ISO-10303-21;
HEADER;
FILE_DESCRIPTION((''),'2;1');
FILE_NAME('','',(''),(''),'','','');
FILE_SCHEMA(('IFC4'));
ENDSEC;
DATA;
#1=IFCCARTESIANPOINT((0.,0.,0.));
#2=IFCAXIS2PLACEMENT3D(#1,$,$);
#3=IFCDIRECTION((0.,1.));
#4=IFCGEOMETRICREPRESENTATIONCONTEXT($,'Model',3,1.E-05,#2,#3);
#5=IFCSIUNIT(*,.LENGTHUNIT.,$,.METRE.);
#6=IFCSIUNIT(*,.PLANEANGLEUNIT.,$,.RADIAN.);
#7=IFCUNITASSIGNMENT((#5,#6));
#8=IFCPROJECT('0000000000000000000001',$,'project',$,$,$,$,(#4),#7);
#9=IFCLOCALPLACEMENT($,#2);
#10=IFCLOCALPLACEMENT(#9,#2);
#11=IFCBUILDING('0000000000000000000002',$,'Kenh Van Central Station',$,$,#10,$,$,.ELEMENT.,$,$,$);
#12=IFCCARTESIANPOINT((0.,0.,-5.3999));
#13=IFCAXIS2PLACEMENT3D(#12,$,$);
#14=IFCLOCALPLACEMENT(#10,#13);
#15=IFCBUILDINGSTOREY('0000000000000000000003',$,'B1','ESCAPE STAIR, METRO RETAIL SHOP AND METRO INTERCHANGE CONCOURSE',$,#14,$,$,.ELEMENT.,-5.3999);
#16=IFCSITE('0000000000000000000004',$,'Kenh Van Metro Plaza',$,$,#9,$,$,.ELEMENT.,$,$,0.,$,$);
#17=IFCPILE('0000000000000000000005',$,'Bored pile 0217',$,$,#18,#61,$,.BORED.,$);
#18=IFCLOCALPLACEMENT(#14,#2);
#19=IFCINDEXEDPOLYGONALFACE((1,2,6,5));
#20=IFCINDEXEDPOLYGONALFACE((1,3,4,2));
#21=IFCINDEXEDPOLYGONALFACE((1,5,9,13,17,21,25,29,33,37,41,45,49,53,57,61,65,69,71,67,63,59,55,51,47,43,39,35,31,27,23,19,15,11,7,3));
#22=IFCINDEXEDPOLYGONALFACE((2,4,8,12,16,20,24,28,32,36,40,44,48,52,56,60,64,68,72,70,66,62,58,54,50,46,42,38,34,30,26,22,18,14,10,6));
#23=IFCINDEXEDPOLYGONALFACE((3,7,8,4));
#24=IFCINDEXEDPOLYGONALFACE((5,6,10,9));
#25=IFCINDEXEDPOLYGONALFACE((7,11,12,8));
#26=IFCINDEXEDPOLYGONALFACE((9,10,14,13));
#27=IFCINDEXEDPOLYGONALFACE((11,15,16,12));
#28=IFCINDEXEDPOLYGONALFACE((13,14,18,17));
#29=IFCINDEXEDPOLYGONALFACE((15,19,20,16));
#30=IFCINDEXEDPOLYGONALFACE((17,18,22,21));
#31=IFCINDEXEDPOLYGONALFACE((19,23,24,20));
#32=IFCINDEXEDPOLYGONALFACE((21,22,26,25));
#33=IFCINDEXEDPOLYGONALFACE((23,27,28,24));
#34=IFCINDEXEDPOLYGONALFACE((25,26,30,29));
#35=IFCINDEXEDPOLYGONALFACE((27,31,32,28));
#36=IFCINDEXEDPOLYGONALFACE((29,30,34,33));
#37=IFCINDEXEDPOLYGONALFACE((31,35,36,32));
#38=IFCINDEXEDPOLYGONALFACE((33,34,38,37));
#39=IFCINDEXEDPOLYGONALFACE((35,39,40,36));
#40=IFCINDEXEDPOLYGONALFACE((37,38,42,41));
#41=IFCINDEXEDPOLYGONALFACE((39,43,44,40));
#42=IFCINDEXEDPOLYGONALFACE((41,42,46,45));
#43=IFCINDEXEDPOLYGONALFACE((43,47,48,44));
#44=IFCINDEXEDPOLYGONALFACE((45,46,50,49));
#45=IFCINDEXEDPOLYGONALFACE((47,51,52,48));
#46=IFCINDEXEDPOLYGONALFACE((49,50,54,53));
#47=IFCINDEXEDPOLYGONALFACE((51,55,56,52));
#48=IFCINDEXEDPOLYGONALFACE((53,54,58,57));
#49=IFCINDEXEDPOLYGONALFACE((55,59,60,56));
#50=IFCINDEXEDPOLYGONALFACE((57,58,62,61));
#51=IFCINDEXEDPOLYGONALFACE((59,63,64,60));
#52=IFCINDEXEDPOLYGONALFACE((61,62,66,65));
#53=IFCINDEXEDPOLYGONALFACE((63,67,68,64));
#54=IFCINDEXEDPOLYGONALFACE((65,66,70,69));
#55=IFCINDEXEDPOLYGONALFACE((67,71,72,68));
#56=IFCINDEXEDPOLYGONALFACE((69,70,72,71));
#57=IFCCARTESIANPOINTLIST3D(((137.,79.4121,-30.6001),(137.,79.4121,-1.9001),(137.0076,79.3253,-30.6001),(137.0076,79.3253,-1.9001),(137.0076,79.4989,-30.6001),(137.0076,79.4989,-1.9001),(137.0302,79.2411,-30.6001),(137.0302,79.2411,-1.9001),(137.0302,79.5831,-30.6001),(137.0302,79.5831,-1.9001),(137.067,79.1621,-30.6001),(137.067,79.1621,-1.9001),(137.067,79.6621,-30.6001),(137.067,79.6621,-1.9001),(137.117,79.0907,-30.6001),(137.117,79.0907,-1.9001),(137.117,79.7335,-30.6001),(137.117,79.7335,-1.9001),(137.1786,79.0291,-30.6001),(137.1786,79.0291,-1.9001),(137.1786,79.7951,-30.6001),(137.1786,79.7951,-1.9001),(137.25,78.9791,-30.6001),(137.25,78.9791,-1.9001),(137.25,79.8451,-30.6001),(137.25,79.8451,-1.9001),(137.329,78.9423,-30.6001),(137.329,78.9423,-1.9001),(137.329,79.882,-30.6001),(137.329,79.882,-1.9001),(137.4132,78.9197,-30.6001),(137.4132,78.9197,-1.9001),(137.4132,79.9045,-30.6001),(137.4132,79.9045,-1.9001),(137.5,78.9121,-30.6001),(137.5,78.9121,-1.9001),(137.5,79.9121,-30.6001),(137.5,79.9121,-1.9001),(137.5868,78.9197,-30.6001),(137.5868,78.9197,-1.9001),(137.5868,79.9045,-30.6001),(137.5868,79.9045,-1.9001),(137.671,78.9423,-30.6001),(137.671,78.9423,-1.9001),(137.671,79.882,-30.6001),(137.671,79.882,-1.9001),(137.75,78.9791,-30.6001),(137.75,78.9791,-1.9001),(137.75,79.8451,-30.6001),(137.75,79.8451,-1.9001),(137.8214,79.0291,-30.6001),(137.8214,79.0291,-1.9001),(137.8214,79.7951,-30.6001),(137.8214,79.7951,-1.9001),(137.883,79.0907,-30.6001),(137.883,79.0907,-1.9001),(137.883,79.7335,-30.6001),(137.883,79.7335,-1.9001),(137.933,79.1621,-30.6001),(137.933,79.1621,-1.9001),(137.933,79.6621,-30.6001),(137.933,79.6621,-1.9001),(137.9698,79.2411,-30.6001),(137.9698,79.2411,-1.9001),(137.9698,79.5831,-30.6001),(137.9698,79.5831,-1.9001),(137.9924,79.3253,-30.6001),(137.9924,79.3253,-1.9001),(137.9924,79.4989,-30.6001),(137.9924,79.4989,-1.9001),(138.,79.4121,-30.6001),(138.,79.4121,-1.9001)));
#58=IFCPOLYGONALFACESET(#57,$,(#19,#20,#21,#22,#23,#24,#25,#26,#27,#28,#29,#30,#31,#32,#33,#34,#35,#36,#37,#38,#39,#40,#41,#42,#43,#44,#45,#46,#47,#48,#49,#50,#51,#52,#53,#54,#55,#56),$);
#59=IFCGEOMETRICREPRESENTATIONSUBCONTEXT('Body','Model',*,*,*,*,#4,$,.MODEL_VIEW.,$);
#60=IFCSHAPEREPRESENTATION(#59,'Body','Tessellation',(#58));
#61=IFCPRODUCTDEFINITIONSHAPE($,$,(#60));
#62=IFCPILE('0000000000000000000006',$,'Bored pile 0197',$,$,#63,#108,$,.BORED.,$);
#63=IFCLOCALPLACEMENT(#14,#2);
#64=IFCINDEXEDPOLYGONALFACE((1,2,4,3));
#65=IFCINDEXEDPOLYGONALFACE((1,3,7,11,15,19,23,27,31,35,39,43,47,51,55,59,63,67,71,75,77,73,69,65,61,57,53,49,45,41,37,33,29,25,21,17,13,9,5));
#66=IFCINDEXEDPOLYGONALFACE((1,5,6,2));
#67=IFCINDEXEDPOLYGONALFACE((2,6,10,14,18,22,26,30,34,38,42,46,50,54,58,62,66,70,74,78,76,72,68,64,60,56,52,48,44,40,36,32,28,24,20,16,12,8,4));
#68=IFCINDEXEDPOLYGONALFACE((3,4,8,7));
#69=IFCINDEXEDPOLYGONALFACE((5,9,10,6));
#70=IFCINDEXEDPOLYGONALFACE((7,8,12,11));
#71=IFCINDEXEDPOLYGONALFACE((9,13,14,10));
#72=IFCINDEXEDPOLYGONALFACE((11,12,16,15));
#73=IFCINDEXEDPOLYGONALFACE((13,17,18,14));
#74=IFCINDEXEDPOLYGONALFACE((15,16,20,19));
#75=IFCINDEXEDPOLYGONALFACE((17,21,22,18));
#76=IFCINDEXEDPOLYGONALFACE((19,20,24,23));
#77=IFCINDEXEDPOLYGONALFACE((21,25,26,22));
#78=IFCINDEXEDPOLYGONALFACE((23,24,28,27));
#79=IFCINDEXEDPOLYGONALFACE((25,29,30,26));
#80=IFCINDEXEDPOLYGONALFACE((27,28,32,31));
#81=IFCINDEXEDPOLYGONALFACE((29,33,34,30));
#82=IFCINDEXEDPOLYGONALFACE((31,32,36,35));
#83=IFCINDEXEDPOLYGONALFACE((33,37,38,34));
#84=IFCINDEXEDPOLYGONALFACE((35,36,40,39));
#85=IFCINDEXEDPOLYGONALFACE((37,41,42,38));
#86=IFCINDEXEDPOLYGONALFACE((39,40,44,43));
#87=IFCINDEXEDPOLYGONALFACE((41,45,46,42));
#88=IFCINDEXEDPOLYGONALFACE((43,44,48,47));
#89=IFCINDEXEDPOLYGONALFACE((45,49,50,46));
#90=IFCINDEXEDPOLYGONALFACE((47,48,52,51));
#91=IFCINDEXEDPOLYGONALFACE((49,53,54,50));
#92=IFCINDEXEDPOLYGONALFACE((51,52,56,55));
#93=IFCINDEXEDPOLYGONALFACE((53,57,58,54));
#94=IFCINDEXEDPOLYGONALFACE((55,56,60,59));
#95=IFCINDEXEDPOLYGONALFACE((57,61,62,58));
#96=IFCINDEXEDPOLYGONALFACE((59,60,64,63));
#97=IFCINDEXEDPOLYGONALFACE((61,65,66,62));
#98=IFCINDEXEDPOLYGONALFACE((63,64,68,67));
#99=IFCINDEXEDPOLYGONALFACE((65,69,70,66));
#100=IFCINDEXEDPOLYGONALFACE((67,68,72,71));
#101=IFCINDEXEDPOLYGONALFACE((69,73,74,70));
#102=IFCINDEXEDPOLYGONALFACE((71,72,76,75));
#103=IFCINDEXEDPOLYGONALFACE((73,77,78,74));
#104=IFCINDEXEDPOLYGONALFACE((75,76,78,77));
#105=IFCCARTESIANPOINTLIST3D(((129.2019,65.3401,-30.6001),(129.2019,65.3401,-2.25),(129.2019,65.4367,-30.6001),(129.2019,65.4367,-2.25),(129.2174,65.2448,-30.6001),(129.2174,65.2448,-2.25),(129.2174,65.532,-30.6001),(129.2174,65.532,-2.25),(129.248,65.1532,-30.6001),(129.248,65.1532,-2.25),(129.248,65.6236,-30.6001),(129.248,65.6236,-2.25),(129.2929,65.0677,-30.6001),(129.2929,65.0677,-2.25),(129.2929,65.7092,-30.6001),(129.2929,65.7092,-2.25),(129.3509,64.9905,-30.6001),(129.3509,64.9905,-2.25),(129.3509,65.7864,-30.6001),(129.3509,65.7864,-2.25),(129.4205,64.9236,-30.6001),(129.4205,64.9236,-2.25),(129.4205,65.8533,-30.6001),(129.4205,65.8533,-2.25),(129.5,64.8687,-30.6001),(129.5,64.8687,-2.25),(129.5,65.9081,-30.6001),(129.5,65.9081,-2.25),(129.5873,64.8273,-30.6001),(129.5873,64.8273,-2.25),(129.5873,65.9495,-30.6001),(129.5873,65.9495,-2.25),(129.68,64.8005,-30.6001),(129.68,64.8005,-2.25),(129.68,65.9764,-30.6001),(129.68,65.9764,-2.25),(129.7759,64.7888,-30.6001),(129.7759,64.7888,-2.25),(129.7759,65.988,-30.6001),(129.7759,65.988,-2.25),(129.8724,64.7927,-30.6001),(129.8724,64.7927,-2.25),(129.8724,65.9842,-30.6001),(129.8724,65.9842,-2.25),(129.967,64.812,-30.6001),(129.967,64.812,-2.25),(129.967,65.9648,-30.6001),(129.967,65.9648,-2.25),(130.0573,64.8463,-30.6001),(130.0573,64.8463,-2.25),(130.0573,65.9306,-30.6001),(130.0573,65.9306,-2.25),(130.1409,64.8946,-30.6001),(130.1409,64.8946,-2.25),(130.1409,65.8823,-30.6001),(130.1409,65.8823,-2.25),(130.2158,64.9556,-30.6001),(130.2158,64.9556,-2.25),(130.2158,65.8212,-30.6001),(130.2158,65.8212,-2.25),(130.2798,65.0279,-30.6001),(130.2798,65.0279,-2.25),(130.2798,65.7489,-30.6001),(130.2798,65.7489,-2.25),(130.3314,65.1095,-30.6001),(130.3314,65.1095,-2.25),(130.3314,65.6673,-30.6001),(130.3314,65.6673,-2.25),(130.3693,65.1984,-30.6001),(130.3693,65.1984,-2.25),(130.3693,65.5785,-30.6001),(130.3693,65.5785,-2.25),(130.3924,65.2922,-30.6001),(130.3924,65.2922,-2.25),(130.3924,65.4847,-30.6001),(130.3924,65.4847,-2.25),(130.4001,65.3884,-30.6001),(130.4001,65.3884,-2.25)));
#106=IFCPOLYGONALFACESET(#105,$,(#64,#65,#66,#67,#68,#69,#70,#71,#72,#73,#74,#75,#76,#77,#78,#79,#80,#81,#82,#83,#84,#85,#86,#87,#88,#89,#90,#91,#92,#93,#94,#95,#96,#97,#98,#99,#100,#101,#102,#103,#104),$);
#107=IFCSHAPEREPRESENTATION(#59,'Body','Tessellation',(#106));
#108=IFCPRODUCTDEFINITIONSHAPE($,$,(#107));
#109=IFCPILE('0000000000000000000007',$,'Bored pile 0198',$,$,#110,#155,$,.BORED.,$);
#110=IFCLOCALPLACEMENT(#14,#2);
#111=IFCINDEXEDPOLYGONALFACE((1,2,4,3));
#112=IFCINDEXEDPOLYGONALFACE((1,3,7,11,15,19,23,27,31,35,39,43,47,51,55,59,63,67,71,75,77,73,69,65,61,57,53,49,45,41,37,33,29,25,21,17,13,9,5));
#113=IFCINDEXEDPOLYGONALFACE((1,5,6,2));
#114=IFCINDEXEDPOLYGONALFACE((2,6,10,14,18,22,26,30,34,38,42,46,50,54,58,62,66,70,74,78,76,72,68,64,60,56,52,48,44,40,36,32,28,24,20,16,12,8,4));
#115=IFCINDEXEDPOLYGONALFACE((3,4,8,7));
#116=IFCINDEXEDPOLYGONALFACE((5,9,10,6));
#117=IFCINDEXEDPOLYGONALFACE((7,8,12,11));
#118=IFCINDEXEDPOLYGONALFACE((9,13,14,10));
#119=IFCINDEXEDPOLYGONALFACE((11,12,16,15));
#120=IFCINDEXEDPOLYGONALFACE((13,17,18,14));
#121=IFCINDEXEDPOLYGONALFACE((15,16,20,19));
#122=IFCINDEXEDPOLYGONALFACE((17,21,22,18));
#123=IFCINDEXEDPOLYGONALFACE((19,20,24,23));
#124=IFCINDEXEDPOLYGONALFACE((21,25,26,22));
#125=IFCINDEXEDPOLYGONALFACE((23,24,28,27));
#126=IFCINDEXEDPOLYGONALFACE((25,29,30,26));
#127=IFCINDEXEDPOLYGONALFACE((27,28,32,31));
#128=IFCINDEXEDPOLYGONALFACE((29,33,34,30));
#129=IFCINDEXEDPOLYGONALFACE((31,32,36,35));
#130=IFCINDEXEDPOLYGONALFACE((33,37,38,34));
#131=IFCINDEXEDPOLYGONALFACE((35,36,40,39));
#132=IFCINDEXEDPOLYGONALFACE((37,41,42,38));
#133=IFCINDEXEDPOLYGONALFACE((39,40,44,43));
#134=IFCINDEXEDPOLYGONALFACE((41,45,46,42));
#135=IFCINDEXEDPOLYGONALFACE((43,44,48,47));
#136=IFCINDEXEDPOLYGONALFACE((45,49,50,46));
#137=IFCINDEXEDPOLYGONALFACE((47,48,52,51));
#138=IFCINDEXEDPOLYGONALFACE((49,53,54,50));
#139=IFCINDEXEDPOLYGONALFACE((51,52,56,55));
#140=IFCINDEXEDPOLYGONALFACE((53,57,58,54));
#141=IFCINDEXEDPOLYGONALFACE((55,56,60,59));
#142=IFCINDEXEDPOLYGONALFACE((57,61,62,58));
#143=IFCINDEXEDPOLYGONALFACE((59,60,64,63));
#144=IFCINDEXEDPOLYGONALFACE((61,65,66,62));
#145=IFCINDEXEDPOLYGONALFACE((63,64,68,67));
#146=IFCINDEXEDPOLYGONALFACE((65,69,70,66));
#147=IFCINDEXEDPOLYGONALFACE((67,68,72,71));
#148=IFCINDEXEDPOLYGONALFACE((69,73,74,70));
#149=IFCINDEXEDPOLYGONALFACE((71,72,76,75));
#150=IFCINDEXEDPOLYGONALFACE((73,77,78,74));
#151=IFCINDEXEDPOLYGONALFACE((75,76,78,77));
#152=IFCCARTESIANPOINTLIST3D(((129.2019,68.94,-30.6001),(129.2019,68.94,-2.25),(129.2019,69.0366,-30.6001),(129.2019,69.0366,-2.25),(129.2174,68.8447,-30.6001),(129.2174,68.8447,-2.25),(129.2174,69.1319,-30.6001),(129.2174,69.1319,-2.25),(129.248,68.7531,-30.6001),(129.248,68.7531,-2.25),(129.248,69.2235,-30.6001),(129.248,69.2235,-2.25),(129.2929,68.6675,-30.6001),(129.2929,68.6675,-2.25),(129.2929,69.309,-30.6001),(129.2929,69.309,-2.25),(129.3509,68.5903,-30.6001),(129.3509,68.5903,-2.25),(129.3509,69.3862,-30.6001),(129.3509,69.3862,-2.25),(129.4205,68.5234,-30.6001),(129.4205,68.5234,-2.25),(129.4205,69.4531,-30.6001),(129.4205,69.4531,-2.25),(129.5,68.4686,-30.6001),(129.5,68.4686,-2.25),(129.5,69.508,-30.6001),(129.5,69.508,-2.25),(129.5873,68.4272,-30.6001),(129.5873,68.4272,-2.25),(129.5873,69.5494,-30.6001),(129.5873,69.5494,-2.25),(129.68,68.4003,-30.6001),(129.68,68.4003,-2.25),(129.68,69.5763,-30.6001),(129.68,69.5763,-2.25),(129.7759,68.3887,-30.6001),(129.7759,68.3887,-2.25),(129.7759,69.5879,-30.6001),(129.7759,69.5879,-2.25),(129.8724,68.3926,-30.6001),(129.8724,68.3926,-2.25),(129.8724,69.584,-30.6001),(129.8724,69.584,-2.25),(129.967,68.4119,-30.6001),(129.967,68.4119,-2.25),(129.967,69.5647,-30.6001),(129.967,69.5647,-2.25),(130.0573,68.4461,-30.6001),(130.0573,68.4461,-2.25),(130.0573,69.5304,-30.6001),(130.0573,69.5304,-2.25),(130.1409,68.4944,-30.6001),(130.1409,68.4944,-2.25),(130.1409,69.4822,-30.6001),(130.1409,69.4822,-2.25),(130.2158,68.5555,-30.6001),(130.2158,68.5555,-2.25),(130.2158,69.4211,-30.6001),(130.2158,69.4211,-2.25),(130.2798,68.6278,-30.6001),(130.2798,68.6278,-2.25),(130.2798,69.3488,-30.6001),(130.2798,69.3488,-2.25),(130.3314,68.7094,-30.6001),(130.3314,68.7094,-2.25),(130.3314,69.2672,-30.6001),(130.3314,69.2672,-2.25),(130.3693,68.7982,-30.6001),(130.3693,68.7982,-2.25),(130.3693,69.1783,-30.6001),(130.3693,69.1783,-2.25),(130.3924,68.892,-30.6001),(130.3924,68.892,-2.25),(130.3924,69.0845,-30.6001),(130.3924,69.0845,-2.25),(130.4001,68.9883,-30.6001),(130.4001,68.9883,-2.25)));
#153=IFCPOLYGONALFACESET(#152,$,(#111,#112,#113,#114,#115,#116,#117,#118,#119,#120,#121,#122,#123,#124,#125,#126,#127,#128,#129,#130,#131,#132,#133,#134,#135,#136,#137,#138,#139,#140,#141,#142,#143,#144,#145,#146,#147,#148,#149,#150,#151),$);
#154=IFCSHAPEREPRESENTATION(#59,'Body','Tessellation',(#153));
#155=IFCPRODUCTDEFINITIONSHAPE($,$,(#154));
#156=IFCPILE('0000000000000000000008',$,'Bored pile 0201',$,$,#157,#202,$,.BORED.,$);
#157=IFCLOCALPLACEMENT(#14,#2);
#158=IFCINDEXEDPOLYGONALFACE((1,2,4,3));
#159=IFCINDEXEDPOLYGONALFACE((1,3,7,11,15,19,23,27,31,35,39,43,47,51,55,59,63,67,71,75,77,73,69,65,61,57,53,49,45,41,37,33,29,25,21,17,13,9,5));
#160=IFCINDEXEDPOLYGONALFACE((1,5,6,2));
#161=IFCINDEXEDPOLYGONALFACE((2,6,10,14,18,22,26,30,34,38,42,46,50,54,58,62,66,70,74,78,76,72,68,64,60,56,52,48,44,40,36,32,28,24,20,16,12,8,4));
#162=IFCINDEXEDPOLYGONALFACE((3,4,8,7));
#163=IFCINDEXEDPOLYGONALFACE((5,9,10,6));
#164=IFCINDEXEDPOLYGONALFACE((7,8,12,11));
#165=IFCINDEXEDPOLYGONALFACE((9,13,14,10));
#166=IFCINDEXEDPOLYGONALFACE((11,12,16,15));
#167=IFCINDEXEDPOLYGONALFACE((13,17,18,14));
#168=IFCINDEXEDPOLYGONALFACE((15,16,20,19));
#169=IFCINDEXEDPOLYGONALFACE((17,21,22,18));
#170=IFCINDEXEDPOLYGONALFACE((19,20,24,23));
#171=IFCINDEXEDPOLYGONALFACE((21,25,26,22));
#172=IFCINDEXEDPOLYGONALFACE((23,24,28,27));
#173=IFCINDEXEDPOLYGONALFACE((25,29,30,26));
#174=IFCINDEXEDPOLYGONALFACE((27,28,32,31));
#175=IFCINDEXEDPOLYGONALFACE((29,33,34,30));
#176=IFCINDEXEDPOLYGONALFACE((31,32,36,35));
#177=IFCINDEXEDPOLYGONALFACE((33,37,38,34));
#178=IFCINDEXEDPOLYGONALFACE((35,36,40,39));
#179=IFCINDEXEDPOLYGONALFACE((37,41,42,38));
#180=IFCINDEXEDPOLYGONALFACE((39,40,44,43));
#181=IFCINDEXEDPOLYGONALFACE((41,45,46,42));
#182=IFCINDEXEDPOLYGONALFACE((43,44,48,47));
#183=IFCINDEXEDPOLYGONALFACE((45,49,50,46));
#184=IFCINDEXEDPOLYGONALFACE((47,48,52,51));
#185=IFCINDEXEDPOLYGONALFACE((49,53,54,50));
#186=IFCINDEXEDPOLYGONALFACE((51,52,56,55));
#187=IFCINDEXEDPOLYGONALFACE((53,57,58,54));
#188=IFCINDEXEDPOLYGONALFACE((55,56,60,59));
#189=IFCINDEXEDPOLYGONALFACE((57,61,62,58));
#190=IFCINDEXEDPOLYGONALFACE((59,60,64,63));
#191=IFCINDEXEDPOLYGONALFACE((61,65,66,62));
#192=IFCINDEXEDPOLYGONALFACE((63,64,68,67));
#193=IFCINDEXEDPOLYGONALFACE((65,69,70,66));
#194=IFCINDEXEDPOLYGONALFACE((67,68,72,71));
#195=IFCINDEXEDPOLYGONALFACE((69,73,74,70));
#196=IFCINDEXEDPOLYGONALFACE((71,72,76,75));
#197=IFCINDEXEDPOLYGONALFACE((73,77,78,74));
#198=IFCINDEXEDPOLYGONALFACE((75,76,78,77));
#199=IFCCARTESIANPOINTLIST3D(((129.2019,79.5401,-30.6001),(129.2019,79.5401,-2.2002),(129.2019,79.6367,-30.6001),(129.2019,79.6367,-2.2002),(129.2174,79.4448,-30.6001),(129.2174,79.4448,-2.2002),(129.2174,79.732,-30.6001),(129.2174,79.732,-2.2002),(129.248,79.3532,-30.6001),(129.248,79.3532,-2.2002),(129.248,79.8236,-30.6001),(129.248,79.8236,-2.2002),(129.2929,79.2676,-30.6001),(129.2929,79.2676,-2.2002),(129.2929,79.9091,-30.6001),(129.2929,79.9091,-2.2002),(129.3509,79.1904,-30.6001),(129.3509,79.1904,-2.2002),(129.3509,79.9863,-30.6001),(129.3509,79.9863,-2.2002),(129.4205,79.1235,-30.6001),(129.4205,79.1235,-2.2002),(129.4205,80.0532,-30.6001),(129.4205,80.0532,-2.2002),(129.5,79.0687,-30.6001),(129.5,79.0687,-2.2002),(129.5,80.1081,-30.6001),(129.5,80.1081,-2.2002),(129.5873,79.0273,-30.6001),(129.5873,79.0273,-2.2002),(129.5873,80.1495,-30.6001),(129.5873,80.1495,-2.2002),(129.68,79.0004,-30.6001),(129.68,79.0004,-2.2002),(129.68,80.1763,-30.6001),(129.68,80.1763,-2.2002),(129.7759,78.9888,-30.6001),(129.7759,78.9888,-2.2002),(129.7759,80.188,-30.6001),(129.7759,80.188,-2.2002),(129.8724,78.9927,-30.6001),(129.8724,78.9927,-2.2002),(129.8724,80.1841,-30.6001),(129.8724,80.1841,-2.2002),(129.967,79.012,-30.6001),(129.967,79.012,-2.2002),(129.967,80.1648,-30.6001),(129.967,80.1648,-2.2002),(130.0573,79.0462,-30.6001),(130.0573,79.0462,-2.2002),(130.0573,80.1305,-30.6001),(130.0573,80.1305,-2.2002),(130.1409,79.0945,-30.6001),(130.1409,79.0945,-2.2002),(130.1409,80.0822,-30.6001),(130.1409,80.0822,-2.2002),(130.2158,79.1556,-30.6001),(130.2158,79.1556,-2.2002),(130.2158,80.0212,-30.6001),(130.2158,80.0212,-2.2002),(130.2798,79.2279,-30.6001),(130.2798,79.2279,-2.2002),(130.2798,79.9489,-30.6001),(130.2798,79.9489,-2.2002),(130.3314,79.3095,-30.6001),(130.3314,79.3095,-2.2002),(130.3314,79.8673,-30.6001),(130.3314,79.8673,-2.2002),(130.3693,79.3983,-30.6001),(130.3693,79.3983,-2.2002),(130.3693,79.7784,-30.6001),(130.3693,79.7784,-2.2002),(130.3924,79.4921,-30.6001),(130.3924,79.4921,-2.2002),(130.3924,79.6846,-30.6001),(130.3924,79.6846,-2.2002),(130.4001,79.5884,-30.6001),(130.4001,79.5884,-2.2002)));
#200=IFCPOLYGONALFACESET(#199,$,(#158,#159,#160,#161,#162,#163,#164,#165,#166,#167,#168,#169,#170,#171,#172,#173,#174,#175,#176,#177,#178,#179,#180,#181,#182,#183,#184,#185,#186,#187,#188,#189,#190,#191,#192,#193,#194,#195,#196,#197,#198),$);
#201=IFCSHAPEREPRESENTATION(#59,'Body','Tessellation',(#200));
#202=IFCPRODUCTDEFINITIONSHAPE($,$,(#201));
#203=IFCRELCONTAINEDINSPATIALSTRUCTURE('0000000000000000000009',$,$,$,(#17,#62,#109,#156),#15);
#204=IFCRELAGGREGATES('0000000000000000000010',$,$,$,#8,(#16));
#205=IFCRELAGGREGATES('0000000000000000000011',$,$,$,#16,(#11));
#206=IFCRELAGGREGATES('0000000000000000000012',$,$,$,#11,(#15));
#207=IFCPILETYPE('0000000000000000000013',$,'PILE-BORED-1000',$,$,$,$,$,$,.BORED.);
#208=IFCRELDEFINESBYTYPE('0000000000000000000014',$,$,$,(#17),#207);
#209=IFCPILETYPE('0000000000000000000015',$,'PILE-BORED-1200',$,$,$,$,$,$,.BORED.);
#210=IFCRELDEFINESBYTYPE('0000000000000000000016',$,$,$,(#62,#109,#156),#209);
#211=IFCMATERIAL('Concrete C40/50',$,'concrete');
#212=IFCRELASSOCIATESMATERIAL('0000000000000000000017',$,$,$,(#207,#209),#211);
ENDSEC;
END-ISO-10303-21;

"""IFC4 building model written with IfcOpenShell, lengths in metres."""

from ifc_helpers import new_model, si_unit, direction, frame, origin, origin_2d, place, context, subcontext, project, spatial, circle, extrude, material, material_profile, profile_set, type_object, element, save


model = new_model("IFC4")

# Units and contexts
model_context = context("Model", 3, precision=1e-05, world=origin(), true_north=direction((0.0, 1.0)))
body_context = subcontext(model_context, "Body", "Model", "MODEL_VIEW")
ifc_project = project(units=[si_unit("LENGTHUNIT", "METRE"), si_unit("PLANEANGLEUNIT", "RADIAN")], contexts=[model_context])

# Site, building, storey
site_placement = place(None, origin())
site = spatial("IfcSite", under=ifc_project, at=site_placement, Name="Kenh Van Metro Plaza", CompositionType="ELEMENT", RefElevation=0.0)
building_placement = place(site_placement, origin())
building = spatial("IfcBuilding", under=site, at=building_placement, Name="Kenh Van Central Station", CompositionType="ELEMENT")
storey_placement = place(building_placement, frame((0.0, 0.0, -5.3999)))
storey = spatial("IfcBuildingStorey", under=building, at=storey_placement, Name="B1", Description="ESCAPE STAIR, METRO RETAIL SHOP AND METRO INTERCHANGE CONCOURSE", CompositionType="ELEMENT", Elevation=-5.3999)

# Shared definitions
ifc_material_1 = material(Name="Concrete C40/50", Category="concrete")

# Piles
ifc_material_profile_1 = material_profile(ifc_material_1, circle(Radius=0.5, at=origin_2d()), Name="PILE D1000")
ifc_profile_set_1 = profile_set([ifc_material_profile_1], Name="Concrete C40/50")
pile_type_1 = type_object("IfcPileType", Name="PILE-BORED-1000", PredefinedType="BORED", material=ifc_profile_set_1)
for number, where, z_axis, x_axis, name in (
    (1, (137.5, 79.4121, -1.9001), (0.0, 0.0, -1.0), (1.0, 0.0, 0.0), "Bored pile 0217"),
):
    element("IfcPile", number, at=place(storey_placement, frame(where, z_axis=z_axis, x_axis=x_axis)), inside=storey, type_object=pile_type_1, Name=name, PredefinedType="BORED", context=body_context, shape_type="SweptSolid", body=[
        extrude(circle(Radius=0.5, at=origin_2d()), origin(), (0.0, 0.0, 1.0), 28.7),
    ])
ifc_material_profile_2 = material_profile(ifc_material_1, circle(Radius=0.6001, at=origin_2d()), Name="PILE D1200")
ifc_profile_set_2 = profile_set([ifc_material_profile_2], Name="Concrete C40/50")
pile_type_2 = type_object("IfcPileType", Name="PILE-BORED-1200", PredefinedType="BORED", material=ifc_profile_set_2)
for number, where, z_axis, x_axis, name in (
    (2, (129.8, 65.3884, -2.25), (0.0, 0.0, -1.0), (1.0, 0.0, 0.0), "Bored pile 0197"),
    (3, (129.8, 68.9883, -2.25), (0.0, 0.0, -1.0), (1.0, 0.0, 0.0), "Bored pile 0198"),
):
    element("IfcPile", number, at=place(storey_placement, frame(where, z_axis=z_axis, x_axis=x_axis)), inside=storey, type_object=pile_type_2, Name=name, PredefinedType="BORED", context=body_context, shape_type="SweptSolid", body=[
        extrude(circle(Radius=0.6001, at=origin_2d()), origin(), (0.0, 0.0, 1.0), 28.3501),
    ])
pile_placement = place(storey_placement, frame((129.8, 79.5884, -2.2002), z_axis=(0.0, 0.0, -1.0), x_axis=(1.0, 0.0, 0.0)))
element("IfcPile", 4, at=pile_placement, inside=storey, type_object=pile_type_2, Name="Bored pile 0201", PredefinedType="BORED", context=body_context, shape_type="SweptSolid", body=[
    extrude(circle(Radius=0.6001, at=origin_2d()), origin(), (0.0, 0.0, 1.0), 28.3999),
])

save(model, "model.ifc")
